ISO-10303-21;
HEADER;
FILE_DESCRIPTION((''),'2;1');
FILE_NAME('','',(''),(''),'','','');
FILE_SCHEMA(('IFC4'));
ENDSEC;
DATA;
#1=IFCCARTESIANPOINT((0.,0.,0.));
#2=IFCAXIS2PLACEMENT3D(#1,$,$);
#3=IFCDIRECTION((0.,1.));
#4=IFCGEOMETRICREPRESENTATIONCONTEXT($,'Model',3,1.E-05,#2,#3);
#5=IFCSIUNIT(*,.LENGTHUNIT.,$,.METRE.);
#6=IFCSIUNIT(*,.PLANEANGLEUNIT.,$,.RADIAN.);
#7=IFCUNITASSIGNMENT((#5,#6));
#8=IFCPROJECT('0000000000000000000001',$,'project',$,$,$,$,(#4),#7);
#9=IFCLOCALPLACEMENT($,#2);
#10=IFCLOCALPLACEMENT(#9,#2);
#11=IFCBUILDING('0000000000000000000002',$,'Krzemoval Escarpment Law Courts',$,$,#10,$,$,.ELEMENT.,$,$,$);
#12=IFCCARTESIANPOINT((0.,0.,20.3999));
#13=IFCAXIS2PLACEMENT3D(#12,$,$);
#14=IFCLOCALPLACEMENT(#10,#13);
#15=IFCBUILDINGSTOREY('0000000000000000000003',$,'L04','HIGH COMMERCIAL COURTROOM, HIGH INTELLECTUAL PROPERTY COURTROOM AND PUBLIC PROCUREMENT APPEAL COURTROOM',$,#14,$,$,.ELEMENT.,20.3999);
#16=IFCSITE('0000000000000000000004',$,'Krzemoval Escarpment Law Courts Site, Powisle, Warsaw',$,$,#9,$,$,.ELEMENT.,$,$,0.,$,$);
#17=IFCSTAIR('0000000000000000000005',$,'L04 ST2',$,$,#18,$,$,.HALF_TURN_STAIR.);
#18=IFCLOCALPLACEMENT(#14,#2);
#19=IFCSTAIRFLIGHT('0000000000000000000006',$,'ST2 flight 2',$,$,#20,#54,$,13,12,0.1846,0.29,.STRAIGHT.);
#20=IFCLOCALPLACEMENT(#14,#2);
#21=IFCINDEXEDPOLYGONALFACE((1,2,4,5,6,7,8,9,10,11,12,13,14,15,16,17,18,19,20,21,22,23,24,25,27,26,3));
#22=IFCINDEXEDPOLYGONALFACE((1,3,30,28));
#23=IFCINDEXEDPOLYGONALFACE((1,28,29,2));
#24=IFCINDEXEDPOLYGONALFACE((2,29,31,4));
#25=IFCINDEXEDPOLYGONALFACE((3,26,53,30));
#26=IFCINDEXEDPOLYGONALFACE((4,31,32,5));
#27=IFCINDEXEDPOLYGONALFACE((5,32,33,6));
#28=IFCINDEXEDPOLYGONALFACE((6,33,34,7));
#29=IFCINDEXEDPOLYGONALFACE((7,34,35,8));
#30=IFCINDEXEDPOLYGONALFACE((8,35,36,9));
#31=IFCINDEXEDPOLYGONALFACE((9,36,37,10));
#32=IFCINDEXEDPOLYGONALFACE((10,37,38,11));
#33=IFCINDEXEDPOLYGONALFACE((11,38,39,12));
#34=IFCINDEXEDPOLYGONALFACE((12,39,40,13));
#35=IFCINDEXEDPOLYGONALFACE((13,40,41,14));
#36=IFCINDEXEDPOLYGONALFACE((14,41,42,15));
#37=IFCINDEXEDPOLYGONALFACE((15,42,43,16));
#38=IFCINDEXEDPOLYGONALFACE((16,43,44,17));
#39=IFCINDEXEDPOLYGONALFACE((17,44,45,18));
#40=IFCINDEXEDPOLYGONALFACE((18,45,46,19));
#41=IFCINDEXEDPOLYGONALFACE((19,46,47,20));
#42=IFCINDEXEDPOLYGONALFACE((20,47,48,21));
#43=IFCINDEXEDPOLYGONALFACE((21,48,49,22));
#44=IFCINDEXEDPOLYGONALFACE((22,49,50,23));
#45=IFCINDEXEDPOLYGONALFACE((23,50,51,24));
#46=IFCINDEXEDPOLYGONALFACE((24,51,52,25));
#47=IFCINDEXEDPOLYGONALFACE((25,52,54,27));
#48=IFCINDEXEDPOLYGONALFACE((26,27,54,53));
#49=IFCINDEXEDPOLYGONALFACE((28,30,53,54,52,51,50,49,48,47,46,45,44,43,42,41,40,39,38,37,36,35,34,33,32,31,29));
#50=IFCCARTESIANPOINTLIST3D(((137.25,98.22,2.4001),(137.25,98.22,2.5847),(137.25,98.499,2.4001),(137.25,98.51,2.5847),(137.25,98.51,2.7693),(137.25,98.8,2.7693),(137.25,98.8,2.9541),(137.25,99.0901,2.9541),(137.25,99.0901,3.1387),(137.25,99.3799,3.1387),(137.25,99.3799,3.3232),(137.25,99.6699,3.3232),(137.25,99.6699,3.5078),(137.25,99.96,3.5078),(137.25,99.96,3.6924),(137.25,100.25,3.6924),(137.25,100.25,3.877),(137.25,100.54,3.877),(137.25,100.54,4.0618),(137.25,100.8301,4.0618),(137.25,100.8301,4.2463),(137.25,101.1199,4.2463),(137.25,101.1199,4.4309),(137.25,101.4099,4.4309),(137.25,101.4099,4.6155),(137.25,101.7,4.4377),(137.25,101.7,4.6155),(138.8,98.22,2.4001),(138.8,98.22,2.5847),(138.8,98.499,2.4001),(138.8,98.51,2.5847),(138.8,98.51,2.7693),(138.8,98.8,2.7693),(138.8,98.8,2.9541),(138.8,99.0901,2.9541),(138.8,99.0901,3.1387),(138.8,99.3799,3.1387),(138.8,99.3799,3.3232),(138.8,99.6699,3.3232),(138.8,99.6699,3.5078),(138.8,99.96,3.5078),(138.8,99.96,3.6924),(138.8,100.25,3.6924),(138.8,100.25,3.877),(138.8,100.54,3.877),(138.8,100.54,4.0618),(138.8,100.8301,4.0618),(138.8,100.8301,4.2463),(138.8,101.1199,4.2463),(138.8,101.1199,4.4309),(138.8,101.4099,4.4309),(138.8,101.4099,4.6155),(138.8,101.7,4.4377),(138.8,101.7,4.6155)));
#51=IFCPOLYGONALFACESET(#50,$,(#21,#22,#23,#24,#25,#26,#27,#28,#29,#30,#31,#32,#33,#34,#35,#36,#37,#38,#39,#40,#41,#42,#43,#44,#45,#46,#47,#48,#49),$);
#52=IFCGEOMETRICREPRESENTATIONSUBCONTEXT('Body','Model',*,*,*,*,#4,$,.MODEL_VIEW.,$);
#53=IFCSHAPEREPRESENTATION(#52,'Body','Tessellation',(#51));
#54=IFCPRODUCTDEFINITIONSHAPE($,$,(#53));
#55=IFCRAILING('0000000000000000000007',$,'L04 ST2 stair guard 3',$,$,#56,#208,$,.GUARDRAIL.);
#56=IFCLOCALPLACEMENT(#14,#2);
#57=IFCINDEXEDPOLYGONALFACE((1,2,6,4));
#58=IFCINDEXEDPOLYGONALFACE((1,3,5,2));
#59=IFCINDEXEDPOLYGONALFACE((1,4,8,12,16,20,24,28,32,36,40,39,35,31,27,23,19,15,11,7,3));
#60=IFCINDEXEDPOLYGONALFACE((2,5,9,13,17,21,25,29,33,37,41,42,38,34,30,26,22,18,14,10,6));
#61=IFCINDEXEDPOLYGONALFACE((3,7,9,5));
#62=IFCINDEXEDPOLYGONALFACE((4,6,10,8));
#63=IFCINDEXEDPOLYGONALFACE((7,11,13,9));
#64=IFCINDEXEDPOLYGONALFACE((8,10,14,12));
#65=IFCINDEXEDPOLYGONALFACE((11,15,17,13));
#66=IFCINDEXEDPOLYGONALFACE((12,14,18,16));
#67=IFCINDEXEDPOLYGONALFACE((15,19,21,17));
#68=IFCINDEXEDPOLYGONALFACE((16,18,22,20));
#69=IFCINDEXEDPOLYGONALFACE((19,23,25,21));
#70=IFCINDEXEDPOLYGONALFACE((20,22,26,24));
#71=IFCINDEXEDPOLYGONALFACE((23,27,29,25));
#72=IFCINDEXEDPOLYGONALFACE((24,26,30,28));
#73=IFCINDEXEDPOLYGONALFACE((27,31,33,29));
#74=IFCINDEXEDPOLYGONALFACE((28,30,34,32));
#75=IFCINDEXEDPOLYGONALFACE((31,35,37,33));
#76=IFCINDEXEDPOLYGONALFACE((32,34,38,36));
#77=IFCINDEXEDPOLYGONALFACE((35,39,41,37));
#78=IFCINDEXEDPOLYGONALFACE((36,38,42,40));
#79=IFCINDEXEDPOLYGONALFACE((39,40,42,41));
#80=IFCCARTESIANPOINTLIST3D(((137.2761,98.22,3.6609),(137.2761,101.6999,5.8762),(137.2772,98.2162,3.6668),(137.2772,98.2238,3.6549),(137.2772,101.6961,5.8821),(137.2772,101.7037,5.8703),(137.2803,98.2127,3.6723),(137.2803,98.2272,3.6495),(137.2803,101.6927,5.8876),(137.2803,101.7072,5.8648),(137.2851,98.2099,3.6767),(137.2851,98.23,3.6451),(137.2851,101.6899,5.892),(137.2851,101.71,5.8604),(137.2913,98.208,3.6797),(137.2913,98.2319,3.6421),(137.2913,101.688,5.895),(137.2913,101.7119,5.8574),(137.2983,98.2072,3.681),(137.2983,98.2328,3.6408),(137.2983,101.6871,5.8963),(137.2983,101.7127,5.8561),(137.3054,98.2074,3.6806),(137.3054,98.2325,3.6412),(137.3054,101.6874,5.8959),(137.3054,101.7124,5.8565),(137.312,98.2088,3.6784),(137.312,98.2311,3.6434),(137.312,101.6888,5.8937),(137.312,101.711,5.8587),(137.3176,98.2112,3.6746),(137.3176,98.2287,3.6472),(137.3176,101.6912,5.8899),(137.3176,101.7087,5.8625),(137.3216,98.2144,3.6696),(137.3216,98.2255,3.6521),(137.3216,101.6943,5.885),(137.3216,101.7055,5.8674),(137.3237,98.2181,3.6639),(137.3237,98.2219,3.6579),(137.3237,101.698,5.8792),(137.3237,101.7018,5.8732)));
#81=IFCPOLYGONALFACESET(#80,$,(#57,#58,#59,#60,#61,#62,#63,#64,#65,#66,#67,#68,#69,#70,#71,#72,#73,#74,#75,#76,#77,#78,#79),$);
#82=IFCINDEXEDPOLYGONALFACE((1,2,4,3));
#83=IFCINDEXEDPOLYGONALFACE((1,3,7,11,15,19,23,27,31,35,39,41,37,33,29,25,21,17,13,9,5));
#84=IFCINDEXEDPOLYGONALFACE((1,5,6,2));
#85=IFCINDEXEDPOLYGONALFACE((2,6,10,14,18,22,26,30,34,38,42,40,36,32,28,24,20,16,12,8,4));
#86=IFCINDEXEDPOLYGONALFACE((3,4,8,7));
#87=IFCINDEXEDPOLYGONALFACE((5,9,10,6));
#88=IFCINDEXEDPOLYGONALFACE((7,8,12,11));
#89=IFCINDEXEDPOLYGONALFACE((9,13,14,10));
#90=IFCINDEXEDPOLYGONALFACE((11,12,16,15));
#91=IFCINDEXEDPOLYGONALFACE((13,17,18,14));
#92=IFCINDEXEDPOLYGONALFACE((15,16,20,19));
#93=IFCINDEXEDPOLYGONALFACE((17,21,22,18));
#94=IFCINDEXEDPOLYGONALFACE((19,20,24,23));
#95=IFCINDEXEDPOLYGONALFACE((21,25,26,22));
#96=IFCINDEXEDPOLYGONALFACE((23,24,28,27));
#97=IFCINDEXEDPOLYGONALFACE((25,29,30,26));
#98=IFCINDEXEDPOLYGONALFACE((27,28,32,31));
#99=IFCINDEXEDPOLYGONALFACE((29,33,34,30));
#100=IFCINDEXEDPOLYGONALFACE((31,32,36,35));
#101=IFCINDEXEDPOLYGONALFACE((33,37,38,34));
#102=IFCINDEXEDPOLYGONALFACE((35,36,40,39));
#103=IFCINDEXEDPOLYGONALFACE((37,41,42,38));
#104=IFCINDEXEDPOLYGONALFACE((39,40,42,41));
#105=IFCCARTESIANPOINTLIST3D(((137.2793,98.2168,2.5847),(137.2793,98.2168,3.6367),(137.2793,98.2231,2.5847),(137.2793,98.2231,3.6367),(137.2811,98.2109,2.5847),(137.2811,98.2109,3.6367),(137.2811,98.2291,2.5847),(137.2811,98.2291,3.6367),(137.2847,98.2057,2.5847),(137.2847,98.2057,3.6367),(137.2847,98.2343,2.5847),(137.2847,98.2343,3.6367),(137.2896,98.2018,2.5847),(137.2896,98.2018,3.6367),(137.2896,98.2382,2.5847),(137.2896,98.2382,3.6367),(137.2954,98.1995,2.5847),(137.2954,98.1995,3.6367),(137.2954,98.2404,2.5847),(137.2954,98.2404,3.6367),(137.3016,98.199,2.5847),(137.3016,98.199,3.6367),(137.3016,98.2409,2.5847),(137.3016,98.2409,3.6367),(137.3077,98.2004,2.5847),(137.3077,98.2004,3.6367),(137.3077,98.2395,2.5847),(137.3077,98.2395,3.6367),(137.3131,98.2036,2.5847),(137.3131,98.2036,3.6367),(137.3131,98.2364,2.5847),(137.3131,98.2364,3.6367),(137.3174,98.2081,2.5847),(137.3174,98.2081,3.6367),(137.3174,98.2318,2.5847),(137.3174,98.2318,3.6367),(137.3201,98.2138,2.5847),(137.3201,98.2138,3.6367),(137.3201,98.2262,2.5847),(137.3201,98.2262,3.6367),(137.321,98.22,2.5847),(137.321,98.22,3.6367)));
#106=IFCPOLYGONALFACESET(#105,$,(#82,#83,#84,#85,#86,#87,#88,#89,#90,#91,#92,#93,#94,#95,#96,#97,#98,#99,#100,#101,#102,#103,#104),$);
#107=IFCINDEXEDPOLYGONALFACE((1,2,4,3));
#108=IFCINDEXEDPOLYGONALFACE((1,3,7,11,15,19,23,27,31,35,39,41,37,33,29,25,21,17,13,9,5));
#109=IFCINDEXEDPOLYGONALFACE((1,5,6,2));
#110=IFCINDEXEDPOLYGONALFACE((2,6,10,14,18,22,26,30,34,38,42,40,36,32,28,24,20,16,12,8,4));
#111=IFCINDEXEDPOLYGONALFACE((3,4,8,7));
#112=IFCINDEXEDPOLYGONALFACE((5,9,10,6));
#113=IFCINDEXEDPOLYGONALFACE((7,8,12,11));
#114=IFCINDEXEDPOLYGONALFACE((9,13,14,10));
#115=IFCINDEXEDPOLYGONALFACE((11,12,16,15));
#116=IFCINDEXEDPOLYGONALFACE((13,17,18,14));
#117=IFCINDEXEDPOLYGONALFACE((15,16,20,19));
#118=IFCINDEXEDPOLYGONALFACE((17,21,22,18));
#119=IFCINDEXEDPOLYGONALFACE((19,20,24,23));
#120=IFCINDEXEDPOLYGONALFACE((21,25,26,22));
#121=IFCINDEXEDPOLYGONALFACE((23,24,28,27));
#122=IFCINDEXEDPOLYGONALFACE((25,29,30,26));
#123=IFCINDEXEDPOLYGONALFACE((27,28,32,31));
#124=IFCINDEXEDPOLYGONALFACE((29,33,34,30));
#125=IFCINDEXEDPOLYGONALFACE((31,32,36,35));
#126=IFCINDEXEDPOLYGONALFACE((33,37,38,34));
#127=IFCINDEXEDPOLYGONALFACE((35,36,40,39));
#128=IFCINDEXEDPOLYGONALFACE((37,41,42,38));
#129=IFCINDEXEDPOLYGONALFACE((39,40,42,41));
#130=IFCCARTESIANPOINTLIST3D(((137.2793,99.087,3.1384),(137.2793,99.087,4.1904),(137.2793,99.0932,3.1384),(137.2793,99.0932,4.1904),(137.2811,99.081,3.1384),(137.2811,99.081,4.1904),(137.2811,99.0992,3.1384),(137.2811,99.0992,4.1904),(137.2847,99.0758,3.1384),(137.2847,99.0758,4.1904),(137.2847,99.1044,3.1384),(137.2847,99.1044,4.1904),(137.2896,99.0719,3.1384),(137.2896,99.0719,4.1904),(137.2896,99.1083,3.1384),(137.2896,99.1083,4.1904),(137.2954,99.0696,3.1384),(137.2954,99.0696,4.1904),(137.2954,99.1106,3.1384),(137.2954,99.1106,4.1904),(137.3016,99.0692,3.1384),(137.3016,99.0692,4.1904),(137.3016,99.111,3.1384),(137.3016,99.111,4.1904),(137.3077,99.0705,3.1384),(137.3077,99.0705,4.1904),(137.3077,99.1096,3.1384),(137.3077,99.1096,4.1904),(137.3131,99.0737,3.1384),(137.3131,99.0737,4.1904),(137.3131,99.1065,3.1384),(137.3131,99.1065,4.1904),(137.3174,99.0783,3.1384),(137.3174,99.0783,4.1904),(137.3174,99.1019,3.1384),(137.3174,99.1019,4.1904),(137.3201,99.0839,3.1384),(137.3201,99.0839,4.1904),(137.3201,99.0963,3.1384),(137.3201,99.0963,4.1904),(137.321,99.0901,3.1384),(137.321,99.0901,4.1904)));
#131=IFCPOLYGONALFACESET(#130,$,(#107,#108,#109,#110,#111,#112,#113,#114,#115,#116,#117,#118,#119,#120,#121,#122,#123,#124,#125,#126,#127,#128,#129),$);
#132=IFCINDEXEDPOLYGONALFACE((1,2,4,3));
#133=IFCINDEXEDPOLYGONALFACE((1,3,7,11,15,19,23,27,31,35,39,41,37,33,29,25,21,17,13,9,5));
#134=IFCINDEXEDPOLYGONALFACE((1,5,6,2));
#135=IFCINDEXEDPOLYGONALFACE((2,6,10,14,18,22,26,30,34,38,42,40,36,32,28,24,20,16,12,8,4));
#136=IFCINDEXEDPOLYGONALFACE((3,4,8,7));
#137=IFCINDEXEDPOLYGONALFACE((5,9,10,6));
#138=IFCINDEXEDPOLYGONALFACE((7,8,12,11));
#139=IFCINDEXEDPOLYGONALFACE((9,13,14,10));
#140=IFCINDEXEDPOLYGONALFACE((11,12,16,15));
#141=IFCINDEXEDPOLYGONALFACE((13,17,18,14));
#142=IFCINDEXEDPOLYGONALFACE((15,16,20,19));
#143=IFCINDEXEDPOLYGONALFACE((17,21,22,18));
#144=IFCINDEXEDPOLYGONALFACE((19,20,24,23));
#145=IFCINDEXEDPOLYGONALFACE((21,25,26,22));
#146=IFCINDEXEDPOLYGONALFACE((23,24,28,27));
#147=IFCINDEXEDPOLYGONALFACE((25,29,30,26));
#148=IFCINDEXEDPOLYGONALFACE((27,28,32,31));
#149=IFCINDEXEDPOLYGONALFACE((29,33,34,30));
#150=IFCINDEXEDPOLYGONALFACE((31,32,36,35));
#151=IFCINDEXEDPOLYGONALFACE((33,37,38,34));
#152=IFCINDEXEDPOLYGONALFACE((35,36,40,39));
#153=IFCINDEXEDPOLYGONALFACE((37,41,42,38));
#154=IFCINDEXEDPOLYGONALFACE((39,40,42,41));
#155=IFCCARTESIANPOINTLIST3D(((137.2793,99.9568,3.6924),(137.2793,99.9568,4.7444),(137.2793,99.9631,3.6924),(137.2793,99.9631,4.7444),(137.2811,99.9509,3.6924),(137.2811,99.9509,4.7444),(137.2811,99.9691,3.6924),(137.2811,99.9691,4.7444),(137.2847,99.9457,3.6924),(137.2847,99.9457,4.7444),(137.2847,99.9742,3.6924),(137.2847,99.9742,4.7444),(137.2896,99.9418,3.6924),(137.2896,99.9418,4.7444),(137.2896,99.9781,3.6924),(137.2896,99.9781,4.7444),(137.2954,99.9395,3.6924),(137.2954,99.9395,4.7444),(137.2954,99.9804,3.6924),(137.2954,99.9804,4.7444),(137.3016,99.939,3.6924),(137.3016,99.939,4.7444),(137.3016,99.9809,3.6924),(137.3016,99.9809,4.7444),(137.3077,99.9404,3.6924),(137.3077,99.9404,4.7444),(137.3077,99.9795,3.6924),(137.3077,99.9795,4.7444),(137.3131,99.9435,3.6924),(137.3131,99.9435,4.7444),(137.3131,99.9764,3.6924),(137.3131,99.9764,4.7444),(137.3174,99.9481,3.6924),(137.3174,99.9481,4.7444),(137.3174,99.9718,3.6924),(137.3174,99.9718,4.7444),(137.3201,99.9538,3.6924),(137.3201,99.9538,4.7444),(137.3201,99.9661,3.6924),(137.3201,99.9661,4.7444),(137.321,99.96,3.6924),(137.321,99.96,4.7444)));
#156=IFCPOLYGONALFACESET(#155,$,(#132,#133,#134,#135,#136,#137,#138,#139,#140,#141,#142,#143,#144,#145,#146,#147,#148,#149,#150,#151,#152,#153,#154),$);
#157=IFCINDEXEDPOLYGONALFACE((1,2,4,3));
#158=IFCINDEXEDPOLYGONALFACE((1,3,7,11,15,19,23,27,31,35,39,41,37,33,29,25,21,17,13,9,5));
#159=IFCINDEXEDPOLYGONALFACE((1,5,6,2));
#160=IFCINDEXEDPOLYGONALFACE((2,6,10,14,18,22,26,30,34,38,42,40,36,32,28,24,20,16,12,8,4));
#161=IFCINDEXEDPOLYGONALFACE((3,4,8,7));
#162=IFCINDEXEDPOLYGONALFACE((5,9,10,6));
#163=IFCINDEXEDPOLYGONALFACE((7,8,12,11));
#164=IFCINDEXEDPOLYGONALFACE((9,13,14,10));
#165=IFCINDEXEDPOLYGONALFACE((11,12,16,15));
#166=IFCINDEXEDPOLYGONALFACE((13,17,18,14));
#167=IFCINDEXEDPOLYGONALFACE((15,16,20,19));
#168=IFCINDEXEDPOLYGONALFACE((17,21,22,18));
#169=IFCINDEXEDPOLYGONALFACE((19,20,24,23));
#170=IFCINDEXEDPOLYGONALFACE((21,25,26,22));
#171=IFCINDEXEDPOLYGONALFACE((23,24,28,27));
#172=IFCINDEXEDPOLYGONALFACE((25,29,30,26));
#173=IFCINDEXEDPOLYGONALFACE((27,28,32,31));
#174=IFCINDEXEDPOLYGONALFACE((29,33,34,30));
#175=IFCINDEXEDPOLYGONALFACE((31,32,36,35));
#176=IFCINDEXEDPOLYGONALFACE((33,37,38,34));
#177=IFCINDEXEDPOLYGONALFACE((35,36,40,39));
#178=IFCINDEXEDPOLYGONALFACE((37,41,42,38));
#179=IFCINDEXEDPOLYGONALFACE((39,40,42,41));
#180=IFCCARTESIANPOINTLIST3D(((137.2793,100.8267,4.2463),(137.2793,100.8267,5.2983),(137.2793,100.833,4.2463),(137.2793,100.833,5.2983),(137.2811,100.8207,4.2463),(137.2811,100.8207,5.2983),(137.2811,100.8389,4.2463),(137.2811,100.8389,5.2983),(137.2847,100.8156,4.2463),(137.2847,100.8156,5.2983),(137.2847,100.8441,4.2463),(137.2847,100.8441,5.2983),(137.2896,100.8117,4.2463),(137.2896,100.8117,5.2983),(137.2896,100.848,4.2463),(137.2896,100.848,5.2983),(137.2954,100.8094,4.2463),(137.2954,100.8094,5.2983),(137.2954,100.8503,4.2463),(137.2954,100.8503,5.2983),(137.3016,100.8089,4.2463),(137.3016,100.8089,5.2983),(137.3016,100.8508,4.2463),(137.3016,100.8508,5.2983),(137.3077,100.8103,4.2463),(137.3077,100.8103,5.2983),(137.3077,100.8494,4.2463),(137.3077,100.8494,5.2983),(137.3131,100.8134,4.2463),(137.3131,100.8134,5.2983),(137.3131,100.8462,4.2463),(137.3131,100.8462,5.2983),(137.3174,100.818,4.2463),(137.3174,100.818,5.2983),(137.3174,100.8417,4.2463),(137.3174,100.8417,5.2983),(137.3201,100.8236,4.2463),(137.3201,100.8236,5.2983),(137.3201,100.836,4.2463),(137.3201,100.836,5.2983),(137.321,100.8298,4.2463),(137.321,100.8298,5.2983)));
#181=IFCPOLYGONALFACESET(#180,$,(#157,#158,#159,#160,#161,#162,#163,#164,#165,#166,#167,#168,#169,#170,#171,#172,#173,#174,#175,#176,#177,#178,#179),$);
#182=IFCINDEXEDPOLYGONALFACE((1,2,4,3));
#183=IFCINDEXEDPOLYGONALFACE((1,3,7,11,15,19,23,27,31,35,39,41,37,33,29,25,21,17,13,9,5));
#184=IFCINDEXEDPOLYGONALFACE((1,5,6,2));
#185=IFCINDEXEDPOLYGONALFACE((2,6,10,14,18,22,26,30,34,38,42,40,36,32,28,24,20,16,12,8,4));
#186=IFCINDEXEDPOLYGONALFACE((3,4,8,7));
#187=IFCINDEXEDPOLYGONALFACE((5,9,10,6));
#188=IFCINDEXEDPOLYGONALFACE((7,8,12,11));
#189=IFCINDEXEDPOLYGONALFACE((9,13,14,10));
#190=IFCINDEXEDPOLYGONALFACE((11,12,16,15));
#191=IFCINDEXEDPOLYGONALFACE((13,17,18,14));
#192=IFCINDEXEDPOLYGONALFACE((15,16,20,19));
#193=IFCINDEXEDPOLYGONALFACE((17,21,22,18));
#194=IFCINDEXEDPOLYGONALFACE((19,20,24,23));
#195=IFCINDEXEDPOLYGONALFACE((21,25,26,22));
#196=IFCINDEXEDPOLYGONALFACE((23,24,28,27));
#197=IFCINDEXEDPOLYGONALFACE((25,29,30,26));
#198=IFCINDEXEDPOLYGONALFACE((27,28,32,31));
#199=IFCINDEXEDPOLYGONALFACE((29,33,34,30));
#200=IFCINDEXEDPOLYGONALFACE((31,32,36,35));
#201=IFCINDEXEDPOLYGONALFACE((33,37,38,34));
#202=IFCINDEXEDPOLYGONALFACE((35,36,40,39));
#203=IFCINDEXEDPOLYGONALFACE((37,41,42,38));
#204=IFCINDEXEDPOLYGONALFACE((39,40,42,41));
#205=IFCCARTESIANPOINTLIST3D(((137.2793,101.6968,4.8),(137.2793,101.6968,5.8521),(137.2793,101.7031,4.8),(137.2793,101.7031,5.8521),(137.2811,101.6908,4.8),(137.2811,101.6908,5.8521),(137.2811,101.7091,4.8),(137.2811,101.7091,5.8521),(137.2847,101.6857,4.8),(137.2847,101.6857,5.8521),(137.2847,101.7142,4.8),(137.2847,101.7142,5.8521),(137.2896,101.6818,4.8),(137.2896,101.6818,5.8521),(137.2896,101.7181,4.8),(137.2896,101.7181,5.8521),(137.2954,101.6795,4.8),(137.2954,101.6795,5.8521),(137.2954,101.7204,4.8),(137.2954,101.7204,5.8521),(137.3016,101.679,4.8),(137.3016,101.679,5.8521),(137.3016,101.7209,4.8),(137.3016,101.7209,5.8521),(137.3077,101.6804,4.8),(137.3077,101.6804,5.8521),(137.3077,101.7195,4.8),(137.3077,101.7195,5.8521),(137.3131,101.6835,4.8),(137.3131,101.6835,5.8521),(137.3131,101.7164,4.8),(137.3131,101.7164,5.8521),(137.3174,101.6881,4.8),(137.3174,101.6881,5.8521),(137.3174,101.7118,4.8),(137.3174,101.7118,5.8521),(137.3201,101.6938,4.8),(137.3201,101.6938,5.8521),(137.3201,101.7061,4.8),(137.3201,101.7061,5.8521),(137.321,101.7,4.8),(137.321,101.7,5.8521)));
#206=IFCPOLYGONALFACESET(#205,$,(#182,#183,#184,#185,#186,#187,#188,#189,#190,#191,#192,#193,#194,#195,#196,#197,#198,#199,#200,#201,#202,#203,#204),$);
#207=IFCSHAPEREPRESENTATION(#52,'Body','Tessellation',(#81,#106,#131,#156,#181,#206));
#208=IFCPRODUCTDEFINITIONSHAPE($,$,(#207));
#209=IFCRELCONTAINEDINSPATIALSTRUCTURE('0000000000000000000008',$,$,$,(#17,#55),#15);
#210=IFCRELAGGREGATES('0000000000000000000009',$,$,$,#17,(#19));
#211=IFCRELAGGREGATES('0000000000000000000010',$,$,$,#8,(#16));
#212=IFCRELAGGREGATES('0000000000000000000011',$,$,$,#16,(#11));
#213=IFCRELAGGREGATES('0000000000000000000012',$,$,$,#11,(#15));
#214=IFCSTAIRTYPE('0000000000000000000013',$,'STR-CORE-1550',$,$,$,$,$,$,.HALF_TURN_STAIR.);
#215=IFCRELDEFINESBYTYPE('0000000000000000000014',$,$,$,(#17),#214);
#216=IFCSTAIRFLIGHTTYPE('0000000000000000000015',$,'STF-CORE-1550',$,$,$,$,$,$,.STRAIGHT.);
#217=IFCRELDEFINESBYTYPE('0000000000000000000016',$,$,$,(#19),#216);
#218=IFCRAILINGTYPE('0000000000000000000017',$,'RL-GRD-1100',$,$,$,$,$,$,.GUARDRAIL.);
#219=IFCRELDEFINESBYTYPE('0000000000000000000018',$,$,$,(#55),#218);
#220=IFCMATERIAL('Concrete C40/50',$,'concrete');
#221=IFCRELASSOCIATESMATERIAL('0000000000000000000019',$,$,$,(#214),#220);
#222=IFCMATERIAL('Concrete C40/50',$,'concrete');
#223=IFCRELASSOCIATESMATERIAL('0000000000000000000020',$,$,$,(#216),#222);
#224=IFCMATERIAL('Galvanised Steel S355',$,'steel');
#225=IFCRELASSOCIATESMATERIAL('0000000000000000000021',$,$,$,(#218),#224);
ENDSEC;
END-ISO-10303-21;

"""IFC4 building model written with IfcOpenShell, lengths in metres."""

from ifc_helpers import new_model, si_unit, direction, frame, origin, origin_2d, place, context, subcontext, project, spatial, polyline, circle, outline, extrude, material, type_object, element, aggregate, save


model = new_model("IFC4")

# Units and contexts
model_context = context("Model", 3, precision=1e-05, world=origin(), true_north=direction((0.0, 1.0)))
body_context = subcontext(model_context, "Body", "Model", "MODEL_VIEW")
ifc_project = project(units=[si_unit("LENGTHUNIT", "METRE"), si_unit("PLANEANGLEUNIT", "RADIAN")], contexts=[model_context])

# Site, building, storey
site_placement = place(None, origin())
site = spatial("IfcSite", under=ifc_project, at=site_placement, Name="Krzemoval Escarpment Law Courts Site, Powisle, Warsaw", CompositionType="ELEMENT", RefElevation=0.0)
building_placement = place(site_placement, origin())
building = spatial("IfcBuilding", under=site, at=building_placement, Name="Krzemoval Escarpment Law Courts", CompositionType="ELEMENT")
storey_placement = place(building_placement, frame((0.0, 0.0, 20.3999)))
storey = spatial("IfcBuildingStorey", under=building, at=storey_placement, Name="L04", Description="HIGH COMMERCIAL COURTROOM, HIGH INTELLECTUAL PROPERTY COURTROOM AND PUBLIC PROCUREMENT APPEAL COURTROOM", CompositionType="ELEMENT", Elevation=20.3999)

# Stair, stair flight
ifc_material_1 = material(Name="Concrete C40/50", Category="concrete")
stair_type = type_object("IfcStairType", Name="STR-CORE-1550", PredefinedType="HALF_TURN_STAIR", material=ifc_material_1)
stair_placement = place(storey_placement, origin())
stair = element("IfcStair", 1, at=stair_placement, inside=storey, type_object=stair_type, Name="L04 ST2", PredefinedType="HALF_TURN_STAIR")
ifc_material_2 = material(Name="Concrete C40/50", Category="concrete")
stair_flight_type = type_object("IfcStairFlightType", Name="STF-CORE-1550", PredefinedType="STRAIGHT", material=ifc_material_2)
stair_flight_placement = place(storey_placement, frame((138.0249, 98.22, 2.4001), z_axis=(0.0, 0.0, 1.0), x_axis=(0.0, 1.0, 0.0)))
stair_flight = element("IfcStairFlight", 2, at=stair_flight_placement, type_object=stair_flight_type, Name="ST2 flight 2", NumberOfRisers=13, NumberOfTreads=12, PredefinedType="STRAIGHT", RiserHeight=0.1846, TreadLength=0.29, context=body_context, shape_type="SweptSolid", body=[
    extrude(outline(polyline([(0.0, 0.0), (0.0, 0.1846), (0.29, 0.1846), (0.29, 0.3691), (0.5801, 0.3691), (0.5801, 0.554), (0.8701, 0.554), (0.8701, 0.7385), (1.1599, 0.7385), (1.1599, 0.9231), (1.45, 0.9231), (1.45, 1.1077), (1.74, 1.1077), (1.74, 1.2922), (2.03, 1.2922), (2.03, 1.4768), (2.3201, 1.4768), (2.3201, 1.6616), (2.6101, 1.6616), (2.6101, 1.8462), (2.8999, 1.8462), (2.8999, 2.0308), (3.1899, 2.0308), (3.1899, 2.2153), (3.48, 2.2153), (3.48, 2.3999), (3.48, 2.0376), (0.2791, 0.0), (0.0, 0.0)])), frame((0.0, 0.7749, 0.0), z_axis=(0.0, -1.0, 0.0), x_axis=(1.0, 0.0, 0.0)), (0.0, 0.0, 1.0), 1.55),
])
aggregate(stair, [stair_flight])

# Railing
ifc_material_3 = material(Name="Galvanised Steel S355", Category="steel")
railing_type_1 = type_object("IfcRailingType", Name="RL-GRD-1100", PredefinedType="GUARDRAIL", material=ifc_material_3)
railing_1_placement = place(storey_placement, frame((137.3, 98.22, 2.5847)))
element("IfcRailing", 3, at=railing_1_placement, inside=storey, type_object=railing_type_1, Name="L04 ST2 stair guard 3", PredefinedType="GUARDRAIL", context=body_context, shape_type="SweptSolid", body=[
    extrude(circle(Radius=0.0239, at=origin_2d()), frame((0.0, 0.0, 1.0762), z_axis=(0.0, 0.843574, 0.537013), x_axis=(-1.0, 0.0, 0.0)), (0.0, 0.0, 1.0), 4.1252),
    extrude(circle(Radius=0.021, at=origin_2d()), origin(), (0.0, 0.0, 1.0), 1.052),
    extrude(circle(Radius=0.021, at=origin_2d()), frame((0.0, 0.8701, 0.5537)), (0.0, 0.0, 1.0), 1.052),
    extrude(circle(Radius=0.021, at=origin_2d()), frame((0.0, 1.74, 1.1077)), (0.0, 0.0, 1.0), 1.052),
    extrude(circle(Radius=0.021, at=origin_2d()), frame((0.0, 2.6099, 1.6616)), (0.0, 0.0, 1.0), 1.052),
    extrude(circle(Radius=0.021, at=origin_2d()), frame((0.0, 3.48, 2.2153)), (0.0, 0.0, 1.0), 1.052),
])

save(model, "model.ifc")
